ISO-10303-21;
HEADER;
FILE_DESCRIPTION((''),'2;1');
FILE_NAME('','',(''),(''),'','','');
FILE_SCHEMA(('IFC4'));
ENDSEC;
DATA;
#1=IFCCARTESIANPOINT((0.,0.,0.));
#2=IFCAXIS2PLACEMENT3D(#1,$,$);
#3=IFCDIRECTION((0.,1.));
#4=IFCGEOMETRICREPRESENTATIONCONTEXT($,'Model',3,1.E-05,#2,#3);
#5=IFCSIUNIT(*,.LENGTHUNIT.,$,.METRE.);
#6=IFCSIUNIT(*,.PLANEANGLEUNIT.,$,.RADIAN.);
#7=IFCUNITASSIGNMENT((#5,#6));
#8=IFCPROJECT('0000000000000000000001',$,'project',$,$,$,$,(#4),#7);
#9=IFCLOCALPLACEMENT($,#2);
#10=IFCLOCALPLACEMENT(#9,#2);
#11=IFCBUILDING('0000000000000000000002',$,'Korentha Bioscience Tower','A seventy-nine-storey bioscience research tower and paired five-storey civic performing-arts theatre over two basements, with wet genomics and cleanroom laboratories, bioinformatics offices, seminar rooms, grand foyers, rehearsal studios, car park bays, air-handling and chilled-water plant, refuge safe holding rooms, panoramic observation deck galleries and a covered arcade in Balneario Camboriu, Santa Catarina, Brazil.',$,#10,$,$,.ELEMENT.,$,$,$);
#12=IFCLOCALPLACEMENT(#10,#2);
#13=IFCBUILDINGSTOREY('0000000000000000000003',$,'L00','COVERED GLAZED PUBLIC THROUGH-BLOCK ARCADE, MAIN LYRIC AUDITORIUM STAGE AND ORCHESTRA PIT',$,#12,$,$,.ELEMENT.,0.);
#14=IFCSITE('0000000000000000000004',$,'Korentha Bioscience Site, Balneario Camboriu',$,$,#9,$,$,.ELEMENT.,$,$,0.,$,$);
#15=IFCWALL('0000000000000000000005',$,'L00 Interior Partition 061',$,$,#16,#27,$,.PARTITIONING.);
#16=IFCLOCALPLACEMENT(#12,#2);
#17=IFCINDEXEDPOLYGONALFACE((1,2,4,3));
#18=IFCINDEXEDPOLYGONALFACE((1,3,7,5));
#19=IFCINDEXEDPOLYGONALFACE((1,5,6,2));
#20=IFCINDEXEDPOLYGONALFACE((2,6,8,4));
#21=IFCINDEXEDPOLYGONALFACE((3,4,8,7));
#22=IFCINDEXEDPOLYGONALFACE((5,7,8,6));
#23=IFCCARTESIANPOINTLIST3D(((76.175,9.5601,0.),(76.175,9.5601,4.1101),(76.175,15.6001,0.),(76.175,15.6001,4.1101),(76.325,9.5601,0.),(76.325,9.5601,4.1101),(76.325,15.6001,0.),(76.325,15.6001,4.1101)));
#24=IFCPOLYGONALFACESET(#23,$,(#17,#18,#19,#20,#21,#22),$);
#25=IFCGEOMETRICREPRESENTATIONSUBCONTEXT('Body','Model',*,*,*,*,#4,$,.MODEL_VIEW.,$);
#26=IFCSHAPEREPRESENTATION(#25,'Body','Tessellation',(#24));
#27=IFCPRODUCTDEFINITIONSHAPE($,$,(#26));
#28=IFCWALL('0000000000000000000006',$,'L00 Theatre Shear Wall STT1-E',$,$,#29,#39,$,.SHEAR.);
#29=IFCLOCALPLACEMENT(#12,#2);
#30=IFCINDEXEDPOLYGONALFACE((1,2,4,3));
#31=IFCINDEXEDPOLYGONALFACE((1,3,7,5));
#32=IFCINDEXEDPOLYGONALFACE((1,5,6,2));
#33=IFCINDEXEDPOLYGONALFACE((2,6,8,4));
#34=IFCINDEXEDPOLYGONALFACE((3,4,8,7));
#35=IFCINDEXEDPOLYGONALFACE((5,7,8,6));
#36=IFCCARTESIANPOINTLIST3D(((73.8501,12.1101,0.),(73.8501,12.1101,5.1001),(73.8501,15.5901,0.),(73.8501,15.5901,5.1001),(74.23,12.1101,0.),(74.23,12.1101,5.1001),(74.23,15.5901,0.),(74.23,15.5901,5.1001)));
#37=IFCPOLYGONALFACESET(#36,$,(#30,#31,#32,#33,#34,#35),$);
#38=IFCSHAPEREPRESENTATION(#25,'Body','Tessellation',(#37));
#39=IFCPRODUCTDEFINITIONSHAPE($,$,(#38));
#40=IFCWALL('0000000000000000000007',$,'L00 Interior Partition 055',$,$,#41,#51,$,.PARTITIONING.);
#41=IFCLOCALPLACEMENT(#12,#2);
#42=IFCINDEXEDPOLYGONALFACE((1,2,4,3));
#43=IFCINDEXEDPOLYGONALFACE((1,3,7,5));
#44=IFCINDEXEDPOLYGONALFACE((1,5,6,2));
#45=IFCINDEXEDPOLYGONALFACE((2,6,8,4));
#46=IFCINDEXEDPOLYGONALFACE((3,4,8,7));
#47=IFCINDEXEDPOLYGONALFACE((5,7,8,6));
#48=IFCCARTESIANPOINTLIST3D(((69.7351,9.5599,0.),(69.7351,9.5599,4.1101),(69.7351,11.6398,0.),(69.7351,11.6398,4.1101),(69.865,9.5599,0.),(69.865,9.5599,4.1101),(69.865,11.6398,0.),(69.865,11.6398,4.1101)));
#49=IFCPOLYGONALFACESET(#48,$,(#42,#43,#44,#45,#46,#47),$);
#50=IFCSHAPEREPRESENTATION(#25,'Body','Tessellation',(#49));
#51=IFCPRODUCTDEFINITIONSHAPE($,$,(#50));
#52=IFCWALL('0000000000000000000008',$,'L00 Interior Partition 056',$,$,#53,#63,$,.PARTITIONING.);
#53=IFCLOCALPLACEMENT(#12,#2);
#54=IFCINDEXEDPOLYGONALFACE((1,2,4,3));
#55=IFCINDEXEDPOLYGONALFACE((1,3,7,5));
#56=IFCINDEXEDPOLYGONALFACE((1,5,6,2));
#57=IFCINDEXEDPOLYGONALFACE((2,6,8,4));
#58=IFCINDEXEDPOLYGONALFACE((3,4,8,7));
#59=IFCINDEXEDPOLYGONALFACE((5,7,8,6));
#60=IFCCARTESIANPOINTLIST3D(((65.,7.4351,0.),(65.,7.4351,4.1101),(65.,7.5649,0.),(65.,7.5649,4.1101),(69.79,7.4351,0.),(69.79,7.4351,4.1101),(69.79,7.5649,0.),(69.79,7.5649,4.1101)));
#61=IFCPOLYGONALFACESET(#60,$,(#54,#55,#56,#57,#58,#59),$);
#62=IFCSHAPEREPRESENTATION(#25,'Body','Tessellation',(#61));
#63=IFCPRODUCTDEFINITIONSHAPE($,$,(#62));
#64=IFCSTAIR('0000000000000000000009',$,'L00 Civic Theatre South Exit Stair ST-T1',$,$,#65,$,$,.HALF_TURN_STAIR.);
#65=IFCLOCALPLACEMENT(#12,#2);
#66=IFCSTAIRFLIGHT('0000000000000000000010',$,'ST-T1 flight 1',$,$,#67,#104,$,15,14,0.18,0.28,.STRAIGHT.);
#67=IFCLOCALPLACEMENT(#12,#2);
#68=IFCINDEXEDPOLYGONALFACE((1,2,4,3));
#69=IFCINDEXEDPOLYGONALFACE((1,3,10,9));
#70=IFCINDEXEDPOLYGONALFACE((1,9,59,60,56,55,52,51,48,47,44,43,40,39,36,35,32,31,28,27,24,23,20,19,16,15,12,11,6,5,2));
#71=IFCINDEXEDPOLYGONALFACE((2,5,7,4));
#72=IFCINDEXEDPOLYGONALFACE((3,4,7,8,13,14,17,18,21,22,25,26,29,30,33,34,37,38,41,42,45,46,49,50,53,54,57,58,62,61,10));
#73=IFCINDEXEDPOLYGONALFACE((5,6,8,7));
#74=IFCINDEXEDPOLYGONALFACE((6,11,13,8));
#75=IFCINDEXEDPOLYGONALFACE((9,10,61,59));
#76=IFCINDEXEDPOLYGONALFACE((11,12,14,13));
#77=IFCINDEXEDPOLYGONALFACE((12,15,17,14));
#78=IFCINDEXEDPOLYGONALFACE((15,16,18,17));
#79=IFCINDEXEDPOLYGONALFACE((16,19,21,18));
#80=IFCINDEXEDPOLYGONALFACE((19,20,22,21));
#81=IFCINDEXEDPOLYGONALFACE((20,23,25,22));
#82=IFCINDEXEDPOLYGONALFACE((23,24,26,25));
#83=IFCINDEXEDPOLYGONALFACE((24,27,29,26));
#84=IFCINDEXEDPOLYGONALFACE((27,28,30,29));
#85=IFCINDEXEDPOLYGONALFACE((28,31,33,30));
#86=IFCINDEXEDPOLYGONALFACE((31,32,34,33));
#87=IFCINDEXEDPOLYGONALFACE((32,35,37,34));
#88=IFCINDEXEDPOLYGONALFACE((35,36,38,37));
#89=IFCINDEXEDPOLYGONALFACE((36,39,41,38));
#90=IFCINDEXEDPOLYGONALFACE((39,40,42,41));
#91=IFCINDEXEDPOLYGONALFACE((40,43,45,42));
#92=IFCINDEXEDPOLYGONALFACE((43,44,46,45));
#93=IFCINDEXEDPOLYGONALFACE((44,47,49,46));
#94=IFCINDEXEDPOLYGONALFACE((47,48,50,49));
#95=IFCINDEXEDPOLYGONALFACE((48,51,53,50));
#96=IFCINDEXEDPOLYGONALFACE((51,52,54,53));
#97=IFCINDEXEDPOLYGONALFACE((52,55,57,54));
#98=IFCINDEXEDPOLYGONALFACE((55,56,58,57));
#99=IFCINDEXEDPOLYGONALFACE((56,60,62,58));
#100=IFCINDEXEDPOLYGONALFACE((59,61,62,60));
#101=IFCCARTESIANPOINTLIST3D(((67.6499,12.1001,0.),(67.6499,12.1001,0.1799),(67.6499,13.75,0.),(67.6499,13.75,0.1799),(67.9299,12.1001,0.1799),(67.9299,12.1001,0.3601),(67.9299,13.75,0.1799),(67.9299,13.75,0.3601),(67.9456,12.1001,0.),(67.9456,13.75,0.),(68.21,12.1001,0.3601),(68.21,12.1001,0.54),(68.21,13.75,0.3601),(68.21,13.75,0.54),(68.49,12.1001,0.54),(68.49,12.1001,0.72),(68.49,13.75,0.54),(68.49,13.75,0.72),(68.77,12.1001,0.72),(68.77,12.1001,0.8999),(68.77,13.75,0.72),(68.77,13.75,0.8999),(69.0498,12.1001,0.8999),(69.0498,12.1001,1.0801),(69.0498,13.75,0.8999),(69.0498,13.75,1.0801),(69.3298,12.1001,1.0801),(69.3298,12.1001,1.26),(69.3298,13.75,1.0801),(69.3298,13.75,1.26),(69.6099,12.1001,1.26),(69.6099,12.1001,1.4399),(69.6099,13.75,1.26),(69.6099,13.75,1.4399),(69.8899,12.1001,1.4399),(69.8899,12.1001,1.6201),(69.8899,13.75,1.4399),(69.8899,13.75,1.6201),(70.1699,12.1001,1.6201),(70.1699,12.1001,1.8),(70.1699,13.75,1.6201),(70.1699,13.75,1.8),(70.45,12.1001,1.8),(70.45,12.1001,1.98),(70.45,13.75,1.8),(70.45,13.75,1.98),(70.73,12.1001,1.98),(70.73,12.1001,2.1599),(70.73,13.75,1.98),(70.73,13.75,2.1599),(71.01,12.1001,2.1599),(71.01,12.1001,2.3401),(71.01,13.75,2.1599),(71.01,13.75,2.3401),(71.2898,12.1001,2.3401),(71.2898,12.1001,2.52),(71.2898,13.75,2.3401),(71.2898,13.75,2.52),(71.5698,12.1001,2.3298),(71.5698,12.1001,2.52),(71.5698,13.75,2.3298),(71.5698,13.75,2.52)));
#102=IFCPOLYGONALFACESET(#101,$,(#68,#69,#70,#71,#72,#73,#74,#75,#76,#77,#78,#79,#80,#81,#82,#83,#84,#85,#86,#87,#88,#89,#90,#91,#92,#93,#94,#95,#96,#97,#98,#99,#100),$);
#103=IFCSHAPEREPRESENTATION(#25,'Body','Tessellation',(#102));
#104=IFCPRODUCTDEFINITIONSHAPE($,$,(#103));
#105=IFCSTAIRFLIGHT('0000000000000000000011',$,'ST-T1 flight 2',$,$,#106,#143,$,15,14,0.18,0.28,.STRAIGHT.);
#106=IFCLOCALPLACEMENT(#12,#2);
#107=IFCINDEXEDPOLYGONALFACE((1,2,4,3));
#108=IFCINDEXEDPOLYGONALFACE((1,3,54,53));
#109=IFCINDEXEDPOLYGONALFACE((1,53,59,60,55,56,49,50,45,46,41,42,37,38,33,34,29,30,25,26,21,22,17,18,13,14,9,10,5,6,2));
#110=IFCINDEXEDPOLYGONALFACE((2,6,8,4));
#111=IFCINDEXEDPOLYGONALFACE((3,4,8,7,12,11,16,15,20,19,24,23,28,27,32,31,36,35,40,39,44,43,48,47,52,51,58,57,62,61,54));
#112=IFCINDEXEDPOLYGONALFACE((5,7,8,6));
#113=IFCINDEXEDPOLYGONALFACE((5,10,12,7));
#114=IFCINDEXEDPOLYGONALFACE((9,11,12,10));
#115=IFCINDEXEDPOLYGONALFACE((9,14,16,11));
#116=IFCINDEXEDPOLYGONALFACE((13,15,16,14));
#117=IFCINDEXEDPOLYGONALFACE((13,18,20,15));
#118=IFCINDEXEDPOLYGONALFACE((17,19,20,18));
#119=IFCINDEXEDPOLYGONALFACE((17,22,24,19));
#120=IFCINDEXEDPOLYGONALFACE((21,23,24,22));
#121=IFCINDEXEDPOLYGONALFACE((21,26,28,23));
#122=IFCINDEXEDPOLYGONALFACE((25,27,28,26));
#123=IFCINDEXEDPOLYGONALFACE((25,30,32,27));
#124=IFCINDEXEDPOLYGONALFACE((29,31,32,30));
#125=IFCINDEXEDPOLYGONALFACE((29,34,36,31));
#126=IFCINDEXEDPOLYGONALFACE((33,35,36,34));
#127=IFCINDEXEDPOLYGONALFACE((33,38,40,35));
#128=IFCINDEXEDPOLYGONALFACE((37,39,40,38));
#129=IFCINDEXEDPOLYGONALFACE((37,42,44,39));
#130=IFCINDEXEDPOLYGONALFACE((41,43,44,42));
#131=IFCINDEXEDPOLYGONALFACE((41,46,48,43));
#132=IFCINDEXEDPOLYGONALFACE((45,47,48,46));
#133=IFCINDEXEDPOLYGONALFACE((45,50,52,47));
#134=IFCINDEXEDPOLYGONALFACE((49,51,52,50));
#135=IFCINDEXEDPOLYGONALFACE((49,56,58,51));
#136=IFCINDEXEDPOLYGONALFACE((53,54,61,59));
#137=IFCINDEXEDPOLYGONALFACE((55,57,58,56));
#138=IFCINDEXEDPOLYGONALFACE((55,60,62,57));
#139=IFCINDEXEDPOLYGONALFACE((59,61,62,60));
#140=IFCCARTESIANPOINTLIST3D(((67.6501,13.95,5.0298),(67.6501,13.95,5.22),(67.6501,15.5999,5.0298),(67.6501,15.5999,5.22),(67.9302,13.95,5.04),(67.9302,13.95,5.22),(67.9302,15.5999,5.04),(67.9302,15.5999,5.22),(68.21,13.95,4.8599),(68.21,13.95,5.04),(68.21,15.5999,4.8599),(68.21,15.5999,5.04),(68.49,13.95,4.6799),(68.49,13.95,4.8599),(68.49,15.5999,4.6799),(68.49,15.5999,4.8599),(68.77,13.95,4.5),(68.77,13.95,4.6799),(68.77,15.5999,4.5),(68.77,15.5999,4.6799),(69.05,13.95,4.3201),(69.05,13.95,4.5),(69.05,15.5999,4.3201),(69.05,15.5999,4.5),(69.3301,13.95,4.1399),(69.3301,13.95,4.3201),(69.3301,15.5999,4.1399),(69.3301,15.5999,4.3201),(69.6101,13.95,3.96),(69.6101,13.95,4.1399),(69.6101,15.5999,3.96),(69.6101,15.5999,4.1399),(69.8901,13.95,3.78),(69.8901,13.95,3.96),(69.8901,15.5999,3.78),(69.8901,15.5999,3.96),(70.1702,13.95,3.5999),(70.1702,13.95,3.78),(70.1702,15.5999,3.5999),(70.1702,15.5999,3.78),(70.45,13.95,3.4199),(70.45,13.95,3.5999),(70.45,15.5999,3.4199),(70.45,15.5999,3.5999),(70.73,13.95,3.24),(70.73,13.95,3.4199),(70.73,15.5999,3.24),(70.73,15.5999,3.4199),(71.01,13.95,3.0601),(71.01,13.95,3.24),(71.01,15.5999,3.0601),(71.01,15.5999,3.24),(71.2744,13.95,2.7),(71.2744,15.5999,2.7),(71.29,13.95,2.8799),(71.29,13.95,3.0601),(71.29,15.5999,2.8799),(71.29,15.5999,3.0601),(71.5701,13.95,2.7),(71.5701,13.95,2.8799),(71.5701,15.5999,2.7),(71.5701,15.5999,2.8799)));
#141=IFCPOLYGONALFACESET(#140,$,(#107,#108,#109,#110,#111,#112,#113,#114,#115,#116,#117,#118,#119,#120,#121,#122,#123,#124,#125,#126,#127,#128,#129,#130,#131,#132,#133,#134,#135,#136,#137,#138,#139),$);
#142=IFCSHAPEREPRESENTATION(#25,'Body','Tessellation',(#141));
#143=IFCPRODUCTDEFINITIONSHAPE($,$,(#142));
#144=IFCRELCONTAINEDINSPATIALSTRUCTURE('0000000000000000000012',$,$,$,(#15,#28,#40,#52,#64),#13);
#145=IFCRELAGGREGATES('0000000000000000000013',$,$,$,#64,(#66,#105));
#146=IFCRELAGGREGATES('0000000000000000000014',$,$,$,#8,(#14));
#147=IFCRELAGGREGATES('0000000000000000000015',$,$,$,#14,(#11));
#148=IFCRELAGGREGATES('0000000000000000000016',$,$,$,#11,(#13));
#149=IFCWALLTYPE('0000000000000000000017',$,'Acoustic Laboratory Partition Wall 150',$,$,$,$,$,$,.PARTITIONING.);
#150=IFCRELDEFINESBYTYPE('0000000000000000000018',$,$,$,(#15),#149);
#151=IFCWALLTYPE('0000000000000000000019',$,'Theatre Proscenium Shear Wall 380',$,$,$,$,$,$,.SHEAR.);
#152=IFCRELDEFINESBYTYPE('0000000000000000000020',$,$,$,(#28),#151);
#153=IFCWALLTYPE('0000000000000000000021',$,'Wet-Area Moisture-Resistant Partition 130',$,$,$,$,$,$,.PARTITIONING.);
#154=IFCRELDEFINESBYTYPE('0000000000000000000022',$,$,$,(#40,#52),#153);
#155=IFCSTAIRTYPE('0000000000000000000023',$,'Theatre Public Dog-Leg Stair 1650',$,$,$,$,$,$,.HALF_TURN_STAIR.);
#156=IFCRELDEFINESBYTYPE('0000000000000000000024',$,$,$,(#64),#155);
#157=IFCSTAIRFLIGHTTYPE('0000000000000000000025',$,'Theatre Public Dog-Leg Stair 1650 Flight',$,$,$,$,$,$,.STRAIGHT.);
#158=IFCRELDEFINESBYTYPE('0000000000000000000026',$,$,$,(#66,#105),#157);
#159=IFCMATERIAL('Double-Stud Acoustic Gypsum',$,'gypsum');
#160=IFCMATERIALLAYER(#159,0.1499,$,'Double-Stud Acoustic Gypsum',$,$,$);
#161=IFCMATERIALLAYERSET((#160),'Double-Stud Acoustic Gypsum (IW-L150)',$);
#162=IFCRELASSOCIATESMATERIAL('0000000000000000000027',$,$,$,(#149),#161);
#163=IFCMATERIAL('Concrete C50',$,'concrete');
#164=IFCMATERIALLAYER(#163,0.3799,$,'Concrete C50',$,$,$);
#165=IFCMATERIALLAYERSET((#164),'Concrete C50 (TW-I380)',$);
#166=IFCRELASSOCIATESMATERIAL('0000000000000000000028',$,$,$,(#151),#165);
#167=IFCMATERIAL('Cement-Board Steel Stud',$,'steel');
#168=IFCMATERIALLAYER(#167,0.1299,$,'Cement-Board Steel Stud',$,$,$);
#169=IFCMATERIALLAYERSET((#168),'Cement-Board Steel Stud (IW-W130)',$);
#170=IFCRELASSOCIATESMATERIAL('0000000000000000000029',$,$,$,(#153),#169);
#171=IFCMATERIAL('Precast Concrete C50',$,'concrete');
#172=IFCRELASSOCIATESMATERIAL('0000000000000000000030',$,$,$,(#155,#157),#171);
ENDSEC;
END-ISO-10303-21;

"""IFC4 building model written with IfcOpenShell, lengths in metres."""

from ifc_helpers import new_model, si_unit, direction, frame, frame_2d, origin, place, context, subcontext, project, spatial, polyline, rectangle, outline, extrude, material, layer, layer_set, type_object, element, aggregate, save


model = new_model("IFC4")

# Units and contexts
model_context = context("Model", 3, precision=1e-05, world=origin(), true_north=direction((0.0, 1.0)))
body_context = subcontext(model_context, "Body", "Model", "MODEL_VIEW")
ifc_project = project(units=[si_unit("LENGTHUNIT", "METRE"), si_unit("PLANEANGLEUNIT", "RADIAN")], contexts=[model_context])

# Site, building, storey
site_placement = place(None, origin())
site = spatial("IfcSite", under=ifc_project, at=site_placement, Name="Korentha Bioscience Site, Balneario Camboriu", CompositionType="ELEMENT", RefElevation=0.0)
building_placement = place(site_placement, origin())
building = spatial("IfcBuilding", under=site, at=building_placement, Name="Korentha Bioscience Tower", Description="A seventy-nine-storey bioscience research tower and paired five-storey civic performing-arts theatre over two basements, with wet genomics and cleanroom laboratories, bioinformatics offices, seminar rooms, grand foyers, rehearsal studios, car park bays, air-handling and chilled-water plant, refuge safe holding rooms, panoramic observation deck galleries and a covered arcade in Balneario Camboriu, Santa Catarina, Brazil.", CompositionType="ELEMENT")
storey_placement = place(building_placement, origin())
storey = spatial("IfcBuildingStorey", under=building, at=storey_placement, Name="L00", Description="COVERED GLAZED PUBLIC THROUGH-BLOCK ARCADE, MAIN LYRIC AUDITORIUM STAGE AND ORCHESTRA PIT", CompositionType="ELEMENT", Elevation=0.0)

# Shared definitions
ifc_material_1 = material(Name="Concrete C50", Category="concrete")

# Walls
ifc_material_2 = material(Name="Double-Stud Acoustic Gypsum", Category="gypsum")
ifc_layer_1 = layer(ifc_material_2, 0.1499, Name="Double-Stud Acoustic Gypsum")
ifc_layer_set_1 = layer_set([ifc_layer_1], Name="Double-Stud Acoustic Gypsum (IW-L150)")
wall_type_1 = type_object("IfcWallType", Name="Acoustic Laboratory Partition Wall 150", PredefinedType="PARTITIONING", material=ifc_layer_set_1)
wall_1_placement = place(storey_placement, frame((76.25, 9.5601, 0.0), z_axis=(0.0, 0.0, 1.0), x_axis=(0.0, 1.0, 0.0)))
element("IfcWall", 1, at=wall_1_placement, inside=storey, type_object=wall_type_1, Name="L00 Interior Partition 061", PredefinedType="PARTITIONING", context=body_context, shape_type="SweptSolid", body=[
    extrude(rectangle(XDim=6.04, YDim=0.1499, at=frame_2d((3.02, 0.0))), origin(), (0.0, 0.0, 1.0), 4.1101),
])
ifc_layer_2 = layer(ifc_material_1, 0.3799, Name="Concrete C50")
ifc_layer_set_2 = layer_set([ifc_layer_2], Name="Concrete C50 (TW-I380)")
wall_type_2 = type_object("IfcWallType", Name="Theatre Proscenium Shear Wall 380", PredefinedType="SHEAR", material=ifc_layer_set_2)
wall_2_placement = place(storey_placement, frame((74.04, 12.1101, 0.0), z_axis=(0.0, 0.0, 1.0), x_axis=(0.0, 1.0, 0.0)))
element("IfcWall", 2, at=wall_2_placement, inside=storey, type_object=wall_type_2, Name="L00 Theatre Shear Wall STT1-E", PredefinedType="SHEAR", context=body_context, shape_type="SweptSolid", body=[
    extrude(rectangle(XDim=3.48, YDim=0.3799, at=frame_2d((1.74, 0.0))), origin(), (0.0, 0.0, 1.0), 5.1001),
])

# Shared definitions
ifc_material_3 = material(Name="Cement-Board Steel Stud", Category="steel")
ifc_layer_3 = layer(ifc_material_3, 0.1299, Name="Cement-Board Steel Stud")
ifc_layer_set_3 = layer_set([ifc_layer_3], Name="Cement-Board Steel Stud (IW-W130)")
wall_type_3 = type_object("IfcWallType", Name="Wet-Area Moisture-Resistant Partition 130", PredefinedType="PARTITIONING", material=ifc_layer_set_3)

# Walls
wall_3_placement = place(storey_placement, frame((69.8, 11.6399, 0.0), z_axis=(0.0, 0.0, 1.0), x_axis=(0.0, -1.0, 0.0)))
element("IfcWall", 3, at=wall_3_placement, inside=storey, type_object=wall_type_3, Name="L00 Interior Partition 055", PredefinedType="PARTITIONING", context=body_context, shape_type="SweptSolid", body=[
    extrude(rectangle(XDim=2.0798, YDim=0.1299, at=frame_2d((1.04, 0.0))), origin(), (0.0, 0.0, 1.0), 4.1101),
])
wall_4_placement = place(storey_placement, frame((69.79, 7.5, 0.0), z_axis=(0.0, 0.0, 1.0), x_axis=(-1.0, 0.0, 0.0)))
element("IfcWall", 4, at=wall_4_placement, inside=storey, type_object=wall_type_3, Name="L00 Interior Partition 056", PredefinedType="PARTITIONING", context=body_context, shape_type="SweptSolid", body=[
    extrude(rectangle(XDim=4.79, YDim=0.1299, at=frame_2d((2.395, 0.0))), origin(), (0.0, 0.0, 1.0), 4.1101),
])

# Stair, stair flights
ifc_material_4 = material(Name="Precast Concrete C50", Category="concrete")
stair_type = type_object("IfcStairType", Name="Theatre Public Dog-Leg Stair 1650", PredefinedType="HALF_TURN_STAIR", material=ifc_material_4)
stair_placement = place(storey_placement, origin())
stair = element("IfcStair", 5, at=stair_placement, inside=storey, type_object=stair_type, Name="L00 Civic Theatre South Exit Stair ST-T1", PredefinedType="HALF_TURN_STAIR")
stair_flight_type = type_object("IfcStairFlightType", Name="Theatre Public Dog-Leg Stair 1650 Flight", PredefinedType="STRAIGHT", material=ifc_material_4)
stair_flight_1_placement = place(storey_placement, frame((67.6499, 12.925, 0.0), z_axis=(0.0, 0.0, 1.0), x_axis=(1.0, 0.0, 0.0)))
stair_flight_1 = element("IfcStairFlight", 6, at=stair_flight_1_placement, type_object=stair_flight_type, Name="ST-T1 flight 1", NumberOfRisers=15, NumberOfTreads=14, PredefinedType="STRAIGHT", RiserHeight=0.18, TreadLength=0.28, context=body_context, shape_type="SweptSolid", body=[
    extrude(outline(polyline([(0.0, 0.0), (0.0, 0.1799), (0.28, 0.1799), (0.28, 0.3601), (0.5601, 0.3601), (0.5601, 0.54), (0.8401, 0.54), (0.8401, 0.72), (1.1201, 0.72), (1.1201, 0.8999), (1.3999, 0.8999), (1.3999, 1.0801), (1.6799, 1.0801), (1.6799, 1.26), (1.96, 1.26), (1.96, 1.4399), (2.24, 1.4399), (2.24, 1.6201), (2.52, 1.6201), (2.52, 1.8), (2.8, 1.8), (2.8, 1.98), (3.0801, 1.98), (3.0801, 2.1599), (3.3601, 2.1599), (3.3601, 2.3401), (3.6399, 2.3401), (3.6399, 2.52), (3.9199, 2.52), (3.9199, 2.7), (3.9199, 2.3298), (0.2957, 0.0), (0.0, 0.0)])), frame((0.0, 0.825, 0.0), z_axis=(0.0, -1.0, 0.0), x_axis=(1.0, 0.0, 0.0)), (0.0, 0.0, 1.0), 1.6499),
])
stair_flight_2_placement = place(storey_placement, frame((71.5701, 14.7749, 2.7), z_axis=(0.0, 0.0, 1.0), x_axis=(-1.0, 0.0, 0.0)))
stair_flight_2 = element("IfcStairFlight", 7, at=stair_flight_2_placement, type_object=stair_flight_type, Name="ST-T1 flight 2", NumberOfRisers=15, NumberOfTreads=14, PredefinedType="STRAIGHT", RiserHeight=0.18, TreadLength=0.28, context=body_context, shape_type="SweptSolid", body=[
    extrude(outline(polyline([(0.0, 0.0), (0.0, 0.1799), (0.28, 0.1799), (0.28, 0.3601), (0.5601, 0.3601), (0.5601, 0.54), (0.8401, 0.54), (0.8401, 0.72), (1.1201, 0.72), (1.1201, 0.8999), (1.3999, 0.8999), (1.3999, 1.0801), (1.6799, 1.0801), (1.6799, 1.26), (1.96, 1.26), (1.96, 1.4399), (2.24, 1.4399), (2.24, 1.6201), (2.52, 1.6201), (2.52, 1.8), (2.8, 1.8), (2.8, 1.98), (3.0801, 1.98), (3.0801, 2.1599), (3.3601, 2.1599), (3.3601, 2.3401), (3.6399, 2.3401), (3.6399, 2.52), (3.9199, 2.52), (3.9199, 2.7), (3.9199, 2.3298), (0.2957, 0.0), (0.0, 0.0)])), frame((0.0, 0.825, 0.0), z_axis=(0.0, -1.0, 0.0), x_axis=(1.0, 0.0, 0.0)), (0.0, 0.0, 1.0), 1.6499),
])
aggregate(stair, [stair_flight_1, stair_flight_2])

save(model, "model.ifc")
